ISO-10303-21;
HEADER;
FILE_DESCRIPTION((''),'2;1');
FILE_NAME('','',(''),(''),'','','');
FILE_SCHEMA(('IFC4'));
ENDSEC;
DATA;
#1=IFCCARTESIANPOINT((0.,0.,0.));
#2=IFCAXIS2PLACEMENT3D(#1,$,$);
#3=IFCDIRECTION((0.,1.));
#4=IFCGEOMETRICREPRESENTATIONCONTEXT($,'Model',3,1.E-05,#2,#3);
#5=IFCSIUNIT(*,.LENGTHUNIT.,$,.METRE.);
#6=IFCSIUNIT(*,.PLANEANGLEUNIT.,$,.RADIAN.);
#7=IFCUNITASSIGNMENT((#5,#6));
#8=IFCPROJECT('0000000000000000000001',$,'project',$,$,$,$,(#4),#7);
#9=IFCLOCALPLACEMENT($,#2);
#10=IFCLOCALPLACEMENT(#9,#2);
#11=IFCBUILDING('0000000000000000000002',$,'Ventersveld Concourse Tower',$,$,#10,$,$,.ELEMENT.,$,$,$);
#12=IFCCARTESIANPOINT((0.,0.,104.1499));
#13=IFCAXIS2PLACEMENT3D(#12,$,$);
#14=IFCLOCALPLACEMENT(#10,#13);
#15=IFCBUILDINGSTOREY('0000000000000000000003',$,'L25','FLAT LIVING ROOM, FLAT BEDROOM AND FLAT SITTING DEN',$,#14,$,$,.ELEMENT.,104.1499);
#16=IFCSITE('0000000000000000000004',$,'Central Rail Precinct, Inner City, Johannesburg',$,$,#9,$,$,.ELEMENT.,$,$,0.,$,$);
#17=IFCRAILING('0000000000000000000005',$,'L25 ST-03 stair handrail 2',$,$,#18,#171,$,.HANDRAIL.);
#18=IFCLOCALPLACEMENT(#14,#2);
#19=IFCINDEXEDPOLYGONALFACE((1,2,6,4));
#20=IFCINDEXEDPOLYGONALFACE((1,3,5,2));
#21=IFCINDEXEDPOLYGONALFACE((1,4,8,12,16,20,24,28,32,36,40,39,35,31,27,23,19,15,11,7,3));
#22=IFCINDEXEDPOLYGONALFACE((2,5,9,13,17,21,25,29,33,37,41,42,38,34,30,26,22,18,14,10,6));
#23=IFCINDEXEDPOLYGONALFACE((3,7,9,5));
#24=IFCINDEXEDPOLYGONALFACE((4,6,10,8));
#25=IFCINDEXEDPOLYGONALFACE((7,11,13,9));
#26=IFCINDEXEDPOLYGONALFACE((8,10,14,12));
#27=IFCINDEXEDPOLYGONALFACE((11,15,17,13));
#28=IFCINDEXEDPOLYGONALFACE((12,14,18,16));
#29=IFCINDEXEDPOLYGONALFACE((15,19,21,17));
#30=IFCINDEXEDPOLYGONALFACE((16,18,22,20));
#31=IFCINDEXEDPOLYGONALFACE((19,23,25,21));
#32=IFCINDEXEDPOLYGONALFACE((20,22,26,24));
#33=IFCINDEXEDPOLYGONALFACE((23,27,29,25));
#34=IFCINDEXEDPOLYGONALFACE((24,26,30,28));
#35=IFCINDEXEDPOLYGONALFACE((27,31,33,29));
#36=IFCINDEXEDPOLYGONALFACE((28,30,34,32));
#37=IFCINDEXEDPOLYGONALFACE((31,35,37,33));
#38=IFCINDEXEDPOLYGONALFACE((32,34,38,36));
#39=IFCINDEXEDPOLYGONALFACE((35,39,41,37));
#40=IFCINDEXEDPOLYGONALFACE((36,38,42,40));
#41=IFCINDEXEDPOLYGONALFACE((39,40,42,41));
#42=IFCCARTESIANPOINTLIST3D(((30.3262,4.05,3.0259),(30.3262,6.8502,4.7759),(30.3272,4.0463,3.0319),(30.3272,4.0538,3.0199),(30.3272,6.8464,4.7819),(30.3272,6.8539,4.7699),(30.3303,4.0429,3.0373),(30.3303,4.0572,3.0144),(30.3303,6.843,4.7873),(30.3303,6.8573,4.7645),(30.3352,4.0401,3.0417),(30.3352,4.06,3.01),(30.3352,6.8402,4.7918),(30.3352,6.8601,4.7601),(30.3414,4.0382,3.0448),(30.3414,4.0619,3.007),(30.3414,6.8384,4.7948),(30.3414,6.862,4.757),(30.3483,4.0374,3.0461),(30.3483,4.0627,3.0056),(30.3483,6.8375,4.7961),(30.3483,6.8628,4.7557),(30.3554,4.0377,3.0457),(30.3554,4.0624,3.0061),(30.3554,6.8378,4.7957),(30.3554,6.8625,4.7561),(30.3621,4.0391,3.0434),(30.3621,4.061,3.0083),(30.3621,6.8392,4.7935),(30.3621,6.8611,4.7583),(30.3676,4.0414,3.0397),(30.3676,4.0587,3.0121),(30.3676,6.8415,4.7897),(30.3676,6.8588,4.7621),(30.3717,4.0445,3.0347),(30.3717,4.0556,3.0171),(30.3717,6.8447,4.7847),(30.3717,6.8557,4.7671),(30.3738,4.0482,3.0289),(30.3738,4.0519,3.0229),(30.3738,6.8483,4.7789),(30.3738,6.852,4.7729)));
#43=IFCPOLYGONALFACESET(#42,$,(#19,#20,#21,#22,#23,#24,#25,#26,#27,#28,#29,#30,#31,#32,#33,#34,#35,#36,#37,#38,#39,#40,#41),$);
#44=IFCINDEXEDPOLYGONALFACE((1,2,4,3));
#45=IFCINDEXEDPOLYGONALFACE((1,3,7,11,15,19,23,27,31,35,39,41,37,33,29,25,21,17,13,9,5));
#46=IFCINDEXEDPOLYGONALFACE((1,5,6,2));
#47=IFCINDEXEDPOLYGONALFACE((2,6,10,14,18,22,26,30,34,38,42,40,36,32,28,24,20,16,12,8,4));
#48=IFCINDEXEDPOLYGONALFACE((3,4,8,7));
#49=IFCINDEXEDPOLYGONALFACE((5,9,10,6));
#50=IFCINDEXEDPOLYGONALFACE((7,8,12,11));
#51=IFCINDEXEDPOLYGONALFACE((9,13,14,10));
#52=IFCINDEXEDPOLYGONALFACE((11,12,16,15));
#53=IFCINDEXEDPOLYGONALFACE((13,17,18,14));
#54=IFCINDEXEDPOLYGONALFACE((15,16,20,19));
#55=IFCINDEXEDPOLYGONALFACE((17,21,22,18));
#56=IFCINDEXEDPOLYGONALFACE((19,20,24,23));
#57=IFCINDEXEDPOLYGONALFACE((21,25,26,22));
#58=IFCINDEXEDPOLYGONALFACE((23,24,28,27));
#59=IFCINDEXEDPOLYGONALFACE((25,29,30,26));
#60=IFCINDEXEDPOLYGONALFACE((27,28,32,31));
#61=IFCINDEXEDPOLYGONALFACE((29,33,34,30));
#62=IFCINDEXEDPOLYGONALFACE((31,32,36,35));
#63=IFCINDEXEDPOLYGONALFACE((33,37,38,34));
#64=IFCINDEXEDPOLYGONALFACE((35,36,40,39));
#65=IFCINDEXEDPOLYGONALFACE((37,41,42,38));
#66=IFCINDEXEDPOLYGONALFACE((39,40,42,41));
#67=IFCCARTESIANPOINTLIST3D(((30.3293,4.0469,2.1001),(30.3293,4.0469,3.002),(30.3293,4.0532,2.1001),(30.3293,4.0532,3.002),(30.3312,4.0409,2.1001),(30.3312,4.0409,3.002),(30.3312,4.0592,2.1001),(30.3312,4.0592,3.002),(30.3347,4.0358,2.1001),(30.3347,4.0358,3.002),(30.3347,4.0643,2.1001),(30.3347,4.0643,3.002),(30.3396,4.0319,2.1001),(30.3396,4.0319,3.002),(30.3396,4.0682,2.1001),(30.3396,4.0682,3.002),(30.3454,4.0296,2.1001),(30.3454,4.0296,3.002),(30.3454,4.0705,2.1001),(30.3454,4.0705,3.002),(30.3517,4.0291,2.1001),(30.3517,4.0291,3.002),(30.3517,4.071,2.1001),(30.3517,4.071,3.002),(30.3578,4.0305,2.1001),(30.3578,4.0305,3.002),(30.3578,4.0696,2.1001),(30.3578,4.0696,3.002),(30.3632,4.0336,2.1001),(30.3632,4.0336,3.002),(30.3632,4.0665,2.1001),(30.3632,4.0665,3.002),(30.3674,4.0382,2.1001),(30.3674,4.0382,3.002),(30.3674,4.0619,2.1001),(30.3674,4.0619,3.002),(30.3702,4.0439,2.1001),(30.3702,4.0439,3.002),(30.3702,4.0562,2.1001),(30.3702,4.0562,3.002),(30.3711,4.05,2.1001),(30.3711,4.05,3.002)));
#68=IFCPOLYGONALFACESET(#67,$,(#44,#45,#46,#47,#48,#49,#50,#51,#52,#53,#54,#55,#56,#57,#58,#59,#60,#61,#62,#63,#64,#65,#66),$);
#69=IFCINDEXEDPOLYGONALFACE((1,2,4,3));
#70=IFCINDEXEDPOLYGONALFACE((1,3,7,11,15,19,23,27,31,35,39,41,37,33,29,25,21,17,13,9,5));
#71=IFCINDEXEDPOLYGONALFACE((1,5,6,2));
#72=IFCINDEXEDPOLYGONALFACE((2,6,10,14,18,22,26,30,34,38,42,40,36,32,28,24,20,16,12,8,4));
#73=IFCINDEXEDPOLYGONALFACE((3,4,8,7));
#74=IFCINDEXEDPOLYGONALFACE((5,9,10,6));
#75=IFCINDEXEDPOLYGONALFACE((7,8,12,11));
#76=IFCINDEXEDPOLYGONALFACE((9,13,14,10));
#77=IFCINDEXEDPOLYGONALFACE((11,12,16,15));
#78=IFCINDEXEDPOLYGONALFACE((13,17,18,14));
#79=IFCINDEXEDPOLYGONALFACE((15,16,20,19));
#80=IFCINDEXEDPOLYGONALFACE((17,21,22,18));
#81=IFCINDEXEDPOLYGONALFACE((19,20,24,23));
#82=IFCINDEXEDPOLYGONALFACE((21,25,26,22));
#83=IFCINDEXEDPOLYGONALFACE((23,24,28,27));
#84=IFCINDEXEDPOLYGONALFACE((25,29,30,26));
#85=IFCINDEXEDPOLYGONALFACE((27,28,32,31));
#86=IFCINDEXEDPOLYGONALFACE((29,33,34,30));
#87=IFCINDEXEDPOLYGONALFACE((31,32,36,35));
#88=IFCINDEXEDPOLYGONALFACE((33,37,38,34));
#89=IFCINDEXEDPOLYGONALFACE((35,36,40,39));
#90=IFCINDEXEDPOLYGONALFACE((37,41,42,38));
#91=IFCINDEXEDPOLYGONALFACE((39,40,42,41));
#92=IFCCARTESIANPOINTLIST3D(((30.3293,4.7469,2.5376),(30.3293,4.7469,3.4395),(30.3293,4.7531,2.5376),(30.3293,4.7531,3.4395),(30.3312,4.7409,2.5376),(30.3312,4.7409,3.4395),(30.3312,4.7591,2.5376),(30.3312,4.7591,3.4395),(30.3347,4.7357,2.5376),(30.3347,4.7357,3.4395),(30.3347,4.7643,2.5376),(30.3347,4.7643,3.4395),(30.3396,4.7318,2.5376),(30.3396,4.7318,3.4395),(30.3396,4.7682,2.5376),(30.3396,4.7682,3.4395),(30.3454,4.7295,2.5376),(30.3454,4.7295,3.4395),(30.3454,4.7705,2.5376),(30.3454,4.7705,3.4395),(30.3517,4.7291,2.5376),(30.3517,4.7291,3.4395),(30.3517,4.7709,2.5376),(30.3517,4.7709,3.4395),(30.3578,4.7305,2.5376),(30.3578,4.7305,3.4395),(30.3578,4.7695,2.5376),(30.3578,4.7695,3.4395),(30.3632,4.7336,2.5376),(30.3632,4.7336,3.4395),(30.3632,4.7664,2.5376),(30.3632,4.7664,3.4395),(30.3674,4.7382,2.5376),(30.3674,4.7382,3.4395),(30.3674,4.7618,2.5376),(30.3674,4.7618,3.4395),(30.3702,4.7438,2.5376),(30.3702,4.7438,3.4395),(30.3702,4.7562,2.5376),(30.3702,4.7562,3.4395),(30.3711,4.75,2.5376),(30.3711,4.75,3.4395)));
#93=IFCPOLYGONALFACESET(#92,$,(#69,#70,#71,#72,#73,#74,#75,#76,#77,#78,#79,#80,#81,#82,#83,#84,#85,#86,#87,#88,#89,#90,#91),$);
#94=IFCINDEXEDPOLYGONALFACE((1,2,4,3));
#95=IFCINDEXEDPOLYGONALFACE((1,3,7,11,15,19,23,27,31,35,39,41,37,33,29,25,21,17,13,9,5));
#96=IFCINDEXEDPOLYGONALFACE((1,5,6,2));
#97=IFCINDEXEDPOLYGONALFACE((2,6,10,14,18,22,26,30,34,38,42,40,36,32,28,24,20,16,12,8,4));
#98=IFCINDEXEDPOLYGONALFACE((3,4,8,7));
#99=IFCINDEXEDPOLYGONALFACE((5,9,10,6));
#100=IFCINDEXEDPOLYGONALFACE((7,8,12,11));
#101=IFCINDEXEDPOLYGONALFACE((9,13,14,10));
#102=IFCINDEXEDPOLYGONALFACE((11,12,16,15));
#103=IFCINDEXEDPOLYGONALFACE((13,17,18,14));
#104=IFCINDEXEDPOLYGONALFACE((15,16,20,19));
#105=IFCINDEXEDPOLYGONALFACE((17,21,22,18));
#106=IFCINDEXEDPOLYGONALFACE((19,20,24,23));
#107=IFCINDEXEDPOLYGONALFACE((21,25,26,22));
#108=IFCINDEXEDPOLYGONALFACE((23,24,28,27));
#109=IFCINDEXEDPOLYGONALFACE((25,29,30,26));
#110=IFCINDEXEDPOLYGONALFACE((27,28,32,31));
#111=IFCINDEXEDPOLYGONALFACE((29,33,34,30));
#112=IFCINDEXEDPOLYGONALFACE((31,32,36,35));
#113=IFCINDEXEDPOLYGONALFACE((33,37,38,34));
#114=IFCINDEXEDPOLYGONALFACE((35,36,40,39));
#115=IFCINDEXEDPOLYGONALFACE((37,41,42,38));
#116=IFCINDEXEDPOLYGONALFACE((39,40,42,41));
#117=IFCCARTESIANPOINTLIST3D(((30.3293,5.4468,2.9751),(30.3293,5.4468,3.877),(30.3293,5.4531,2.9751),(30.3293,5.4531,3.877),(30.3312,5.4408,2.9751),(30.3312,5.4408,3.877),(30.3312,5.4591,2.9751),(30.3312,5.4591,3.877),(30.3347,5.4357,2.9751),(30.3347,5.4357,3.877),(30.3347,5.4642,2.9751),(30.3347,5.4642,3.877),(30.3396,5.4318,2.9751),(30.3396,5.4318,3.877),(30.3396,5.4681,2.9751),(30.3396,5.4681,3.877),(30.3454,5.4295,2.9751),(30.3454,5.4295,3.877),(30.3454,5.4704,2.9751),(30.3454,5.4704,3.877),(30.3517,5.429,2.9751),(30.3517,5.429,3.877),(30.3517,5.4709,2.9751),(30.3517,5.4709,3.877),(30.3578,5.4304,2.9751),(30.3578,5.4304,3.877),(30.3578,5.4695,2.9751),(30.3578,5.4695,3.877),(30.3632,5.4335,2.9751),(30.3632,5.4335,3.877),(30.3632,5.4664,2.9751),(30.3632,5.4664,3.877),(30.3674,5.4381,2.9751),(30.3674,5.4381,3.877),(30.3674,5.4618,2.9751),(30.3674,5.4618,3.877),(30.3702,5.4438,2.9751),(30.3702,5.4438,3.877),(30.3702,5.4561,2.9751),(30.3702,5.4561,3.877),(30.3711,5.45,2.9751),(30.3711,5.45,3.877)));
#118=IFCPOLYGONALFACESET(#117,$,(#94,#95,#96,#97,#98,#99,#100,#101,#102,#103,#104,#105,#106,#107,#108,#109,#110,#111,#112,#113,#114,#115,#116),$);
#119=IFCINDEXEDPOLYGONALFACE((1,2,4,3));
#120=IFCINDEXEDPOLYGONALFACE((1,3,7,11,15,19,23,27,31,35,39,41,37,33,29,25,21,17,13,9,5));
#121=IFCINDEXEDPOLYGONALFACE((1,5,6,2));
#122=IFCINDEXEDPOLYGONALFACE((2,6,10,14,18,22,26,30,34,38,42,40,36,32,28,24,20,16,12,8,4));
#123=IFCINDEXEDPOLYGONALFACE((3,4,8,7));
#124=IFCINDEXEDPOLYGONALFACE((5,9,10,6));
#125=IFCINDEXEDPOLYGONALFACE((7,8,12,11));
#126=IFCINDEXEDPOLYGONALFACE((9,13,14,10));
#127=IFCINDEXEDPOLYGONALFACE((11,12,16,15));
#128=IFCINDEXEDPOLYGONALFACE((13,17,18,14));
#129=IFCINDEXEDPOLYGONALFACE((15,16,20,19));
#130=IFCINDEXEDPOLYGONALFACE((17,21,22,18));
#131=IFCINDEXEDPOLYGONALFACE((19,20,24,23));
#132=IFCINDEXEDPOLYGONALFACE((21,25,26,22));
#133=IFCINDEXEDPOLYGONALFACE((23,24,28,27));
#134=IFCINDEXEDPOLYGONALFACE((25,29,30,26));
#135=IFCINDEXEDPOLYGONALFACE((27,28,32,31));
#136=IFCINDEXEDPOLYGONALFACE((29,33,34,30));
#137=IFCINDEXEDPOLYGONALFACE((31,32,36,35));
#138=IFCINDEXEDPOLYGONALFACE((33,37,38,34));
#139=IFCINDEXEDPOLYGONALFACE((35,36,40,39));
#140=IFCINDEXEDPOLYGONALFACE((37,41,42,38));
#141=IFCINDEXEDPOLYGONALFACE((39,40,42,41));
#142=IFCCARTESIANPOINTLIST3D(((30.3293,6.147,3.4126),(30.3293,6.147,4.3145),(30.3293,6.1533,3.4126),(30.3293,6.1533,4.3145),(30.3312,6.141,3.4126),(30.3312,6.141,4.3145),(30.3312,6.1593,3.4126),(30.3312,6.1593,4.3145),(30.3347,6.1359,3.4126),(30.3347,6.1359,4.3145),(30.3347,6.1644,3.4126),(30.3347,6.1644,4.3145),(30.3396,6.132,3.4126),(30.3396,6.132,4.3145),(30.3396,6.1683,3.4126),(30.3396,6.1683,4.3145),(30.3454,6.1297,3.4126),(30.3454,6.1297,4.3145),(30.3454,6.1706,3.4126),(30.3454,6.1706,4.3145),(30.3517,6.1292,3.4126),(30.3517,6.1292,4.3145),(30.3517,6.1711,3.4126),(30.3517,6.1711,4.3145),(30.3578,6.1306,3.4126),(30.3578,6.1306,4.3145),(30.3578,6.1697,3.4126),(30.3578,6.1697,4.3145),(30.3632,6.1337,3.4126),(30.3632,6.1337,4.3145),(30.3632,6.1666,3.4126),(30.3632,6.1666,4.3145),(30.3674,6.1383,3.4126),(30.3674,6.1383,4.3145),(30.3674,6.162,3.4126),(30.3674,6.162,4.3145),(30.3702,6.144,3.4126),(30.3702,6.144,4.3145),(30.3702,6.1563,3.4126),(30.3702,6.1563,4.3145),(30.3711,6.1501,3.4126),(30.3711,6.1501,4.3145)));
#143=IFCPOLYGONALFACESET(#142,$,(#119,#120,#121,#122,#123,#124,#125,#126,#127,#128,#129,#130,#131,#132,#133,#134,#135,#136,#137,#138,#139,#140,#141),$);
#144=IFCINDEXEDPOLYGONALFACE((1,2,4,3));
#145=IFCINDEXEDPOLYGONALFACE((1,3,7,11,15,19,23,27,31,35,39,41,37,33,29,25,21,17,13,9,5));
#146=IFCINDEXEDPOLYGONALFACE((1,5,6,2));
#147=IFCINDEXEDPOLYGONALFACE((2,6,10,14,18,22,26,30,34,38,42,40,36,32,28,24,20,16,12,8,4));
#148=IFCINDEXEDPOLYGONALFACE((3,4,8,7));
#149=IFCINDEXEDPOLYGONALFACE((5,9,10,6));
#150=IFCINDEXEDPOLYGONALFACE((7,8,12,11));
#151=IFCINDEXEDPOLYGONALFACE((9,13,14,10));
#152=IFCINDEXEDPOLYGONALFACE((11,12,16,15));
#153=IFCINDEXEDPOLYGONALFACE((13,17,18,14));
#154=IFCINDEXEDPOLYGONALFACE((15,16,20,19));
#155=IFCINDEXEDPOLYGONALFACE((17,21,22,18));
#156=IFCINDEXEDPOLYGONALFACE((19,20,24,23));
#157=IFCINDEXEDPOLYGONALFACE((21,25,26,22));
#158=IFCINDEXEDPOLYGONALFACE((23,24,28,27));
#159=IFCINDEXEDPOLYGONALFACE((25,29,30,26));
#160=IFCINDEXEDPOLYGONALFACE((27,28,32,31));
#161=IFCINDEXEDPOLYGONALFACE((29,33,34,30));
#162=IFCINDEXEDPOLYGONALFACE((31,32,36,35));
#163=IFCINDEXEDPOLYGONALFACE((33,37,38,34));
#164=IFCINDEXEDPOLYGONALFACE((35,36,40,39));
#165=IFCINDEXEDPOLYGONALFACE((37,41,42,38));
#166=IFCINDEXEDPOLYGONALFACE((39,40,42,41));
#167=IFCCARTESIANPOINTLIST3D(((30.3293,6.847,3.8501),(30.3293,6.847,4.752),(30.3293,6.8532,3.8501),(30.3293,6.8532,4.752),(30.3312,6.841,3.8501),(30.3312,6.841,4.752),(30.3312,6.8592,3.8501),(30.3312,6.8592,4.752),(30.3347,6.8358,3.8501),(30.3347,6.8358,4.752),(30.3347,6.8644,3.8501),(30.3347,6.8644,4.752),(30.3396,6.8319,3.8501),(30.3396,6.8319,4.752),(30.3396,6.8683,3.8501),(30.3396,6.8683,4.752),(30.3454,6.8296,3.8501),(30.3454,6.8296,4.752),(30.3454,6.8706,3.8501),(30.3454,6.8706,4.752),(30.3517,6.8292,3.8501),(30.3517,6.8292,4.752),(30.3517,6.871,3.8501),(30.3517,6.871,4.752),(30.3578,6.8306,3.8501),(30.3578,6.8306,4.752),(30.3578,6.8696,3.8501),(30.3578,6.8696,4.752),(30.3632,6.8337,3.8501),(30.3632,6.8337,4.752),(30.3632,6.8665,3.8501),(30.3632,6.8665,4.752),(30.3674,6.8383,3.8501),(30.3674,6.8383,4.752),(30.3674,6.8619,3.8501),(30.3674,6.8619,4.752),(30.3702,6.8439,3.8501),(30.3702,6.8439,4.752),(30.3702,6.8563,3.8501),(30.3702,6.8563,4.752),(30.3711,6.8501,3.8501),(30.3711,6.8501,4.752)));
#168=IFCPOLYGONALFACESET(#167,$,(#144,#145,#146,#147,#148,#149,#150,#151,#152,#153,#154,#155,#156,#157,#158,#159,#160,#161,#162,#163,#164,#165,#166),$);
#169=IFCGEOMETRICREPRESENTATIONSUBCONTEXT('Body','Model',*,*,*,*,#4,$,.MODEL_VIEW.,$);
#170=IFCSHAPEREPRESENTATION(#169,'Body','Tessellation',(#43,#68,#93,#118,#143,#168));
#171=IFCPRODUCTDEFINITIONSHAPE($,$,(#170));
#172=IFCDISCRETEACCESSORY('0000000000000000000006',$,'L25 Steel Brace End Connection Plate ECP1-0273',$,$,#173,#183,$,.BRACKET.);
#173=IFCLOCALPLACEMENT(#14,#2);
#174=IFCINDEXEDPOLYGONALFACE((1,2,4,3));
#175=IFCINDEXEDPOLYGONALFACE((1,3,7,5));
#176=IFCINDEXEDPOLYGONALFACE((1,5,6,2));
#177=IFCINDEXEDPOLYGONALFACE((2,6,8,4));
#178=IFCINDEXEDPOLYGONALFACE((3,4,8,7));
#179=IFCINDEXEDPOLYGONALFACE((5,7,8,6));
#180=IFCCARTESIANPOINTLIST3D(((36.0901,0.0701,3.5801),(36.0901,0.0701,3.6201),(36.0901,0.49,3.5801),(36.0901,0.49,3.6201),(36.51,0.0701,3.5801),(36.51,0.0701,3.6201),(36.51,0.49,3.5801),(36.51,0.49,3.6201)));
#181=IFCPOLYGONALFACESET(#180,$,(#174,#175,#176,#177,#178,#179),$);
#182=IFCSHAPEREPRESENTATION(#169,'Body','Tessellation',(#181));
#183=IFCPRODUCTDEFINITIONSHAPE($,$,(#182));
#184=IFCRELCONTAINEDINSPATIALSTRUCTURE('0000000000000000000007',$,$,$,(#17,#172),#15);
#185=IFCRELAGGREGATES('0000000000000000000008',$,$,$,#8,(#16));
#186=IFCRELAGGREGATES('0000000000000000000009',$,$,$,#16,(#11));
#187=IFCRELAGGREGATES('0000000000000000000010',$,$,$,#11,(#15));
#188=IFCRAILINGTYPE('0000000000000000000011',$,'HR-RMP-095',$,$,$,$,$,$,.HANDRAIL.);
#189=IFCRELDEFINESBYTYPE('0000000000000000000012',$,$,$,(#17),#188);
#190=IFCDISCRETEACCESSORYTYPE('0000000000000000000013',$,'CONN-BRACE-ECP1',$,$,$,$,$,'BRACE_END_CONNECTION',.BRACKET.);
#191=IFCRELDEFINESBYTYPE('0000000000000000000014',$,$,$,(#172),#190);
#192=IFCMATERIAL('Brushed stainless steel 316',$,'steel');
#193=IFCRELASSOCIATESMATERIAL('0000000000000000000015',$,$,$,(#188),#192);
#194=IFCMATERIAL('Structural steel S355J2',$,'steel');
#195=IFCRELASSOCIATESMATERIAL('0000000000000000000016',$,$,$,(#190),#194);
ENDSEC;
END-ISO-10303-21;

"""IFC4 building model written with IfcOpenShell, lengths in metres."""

from ifc_helpers import new_model, si_unit, direction, frame, origin, origin_2d, place, context, subcontext, project, spatial, rectangle, circle, extrude, material, type_object, element, save


model = new_model("IFC4")

# Units and contexts
model_context = context("Model", 3, precision=1e-05, world=origin(), true_north=direction((0.0, 1.0)))
body_context = subcontext(model_context, "Body", "Model", "MODEL_VIEW")
ifc_project = project(units=[si_unit("LENGTHUNIT", "METRE"), si_unit("PLANEANGLEUNIT", "RADIAN")], contexts=[model_context])

# Site, building, storey
site_placement = place(None, origin())
site = spatial("IfcSite", under=ifc_project, at=site_placement, Name="Central Rail Precinct, Inner City, Johannesburg", CompositionType="ELEMENT", RefElevation=0.0)
building_placement = place(site_placement, origin())
building = spatial("IfcBuilding", under=site, at=building_placement, Name="Ventersveld Concourse Tower", CompositionType="ELEMENT")
storey_placement = place(building_placement, frame((0.0, 0.0, 104.1499)))
storey = spatial("IfcBuildingStorey", under=building, at=storey_placement, Name="L25", Description="FLAT LIVING ROOM, FLAT BEDROOM AND FLAT SITTING DEN", CompositionType="ELEMENT", Elevation=104.1499)

# Shared definitions
ifc_material_1 = material(Name="Structural steel S355J2", Category="steel")

# Railing
ifc_material_2 = material(Name="Brushed stainless steel 316", Category="steel")
railing_type_1 = type_object("IfcRailingType", Name="HR-RMP-095", PredefinedType="HANDRAIL", material=ifc_material_2)
railing_1_placement = place(storey_placement, frame((30.3501, 4.05, 2.1001)))
element("IfcRailing", 1, at=railing_1_placement, inside=storey, type_object=railing_type_1, Name="L25 ST-03 stair handrail 2", PredefinedType="HANDRAIL", context=body_context, shape_type="SweptSolid", body=[
    extrude(circle(Radius=0.0239, at=origin_2d()), frame((0.0, 0.0, 0.9258), z_axis=(0.0, 0.848002, 0.529992), x_axis=(-1.0, 0.0, 0.0)), (0.0, 0.0, 1.0), 3.302),
    extrude(circle(Radius=0.021, at=origin_2d()), origin(), (0.0, 0.0, 1.0), 0.9019),
    extrude(circle(Radius=0.021, at=origin_2d()), frame((0.0, 0.7, 0.4375)), (0.0, 0.0, 1.0), 0.9019),
    extrude(circle(Radius=0.021, at=origin_2d()), frame((0.0, 1.3999, 0.875)), (0.0, 0.0, 1.0), 0.9019),
    extrude(circle(Radius=0.021, at=origin_2d()), frame((0.0, 2.1001, 1.3125)), (0.0, 0.0, 1.0), 0.9019),
    extrude(circle(Radius=0.021, at=origin_2d()), frame((0.0, 2.8, 1.75)), (0.0, 0.0, 1.0), 0.9019),
])

# Discrete accessory
discrete_accessory_type = type_object("IfcDiscreteAccessoryType", Name="CONN-BRACE-ECP1", ElementType="BRACE_END_CONNECTION", PredefinedType="BRACKET", material=ifc_material_1)
discrete_accessory_placement = place(storey_placement, frame((36.3, 0.28, 3.5801), z_axis=(0.0, 0.0, 1.0), x_axis=(1.0, 0.0, 0.0)))
element("IfcDiscreteAccessory", 2, at=discrete_accessory_placement, inside=storey, type_object=discrete_accessory_type, Name="L25 Steel Brace End Connection Plate ECP1-0273", PredefinedType="BRACKET", context=body_context, shape_type="SweptSolid", body=[
    extrude(rectangle(XDim=0.4199, YDim=0.4199, at=origin_2d()), origin(), (0.0, 0.0, 1.0), 0.04),
])

save(model, "model.ifc")
